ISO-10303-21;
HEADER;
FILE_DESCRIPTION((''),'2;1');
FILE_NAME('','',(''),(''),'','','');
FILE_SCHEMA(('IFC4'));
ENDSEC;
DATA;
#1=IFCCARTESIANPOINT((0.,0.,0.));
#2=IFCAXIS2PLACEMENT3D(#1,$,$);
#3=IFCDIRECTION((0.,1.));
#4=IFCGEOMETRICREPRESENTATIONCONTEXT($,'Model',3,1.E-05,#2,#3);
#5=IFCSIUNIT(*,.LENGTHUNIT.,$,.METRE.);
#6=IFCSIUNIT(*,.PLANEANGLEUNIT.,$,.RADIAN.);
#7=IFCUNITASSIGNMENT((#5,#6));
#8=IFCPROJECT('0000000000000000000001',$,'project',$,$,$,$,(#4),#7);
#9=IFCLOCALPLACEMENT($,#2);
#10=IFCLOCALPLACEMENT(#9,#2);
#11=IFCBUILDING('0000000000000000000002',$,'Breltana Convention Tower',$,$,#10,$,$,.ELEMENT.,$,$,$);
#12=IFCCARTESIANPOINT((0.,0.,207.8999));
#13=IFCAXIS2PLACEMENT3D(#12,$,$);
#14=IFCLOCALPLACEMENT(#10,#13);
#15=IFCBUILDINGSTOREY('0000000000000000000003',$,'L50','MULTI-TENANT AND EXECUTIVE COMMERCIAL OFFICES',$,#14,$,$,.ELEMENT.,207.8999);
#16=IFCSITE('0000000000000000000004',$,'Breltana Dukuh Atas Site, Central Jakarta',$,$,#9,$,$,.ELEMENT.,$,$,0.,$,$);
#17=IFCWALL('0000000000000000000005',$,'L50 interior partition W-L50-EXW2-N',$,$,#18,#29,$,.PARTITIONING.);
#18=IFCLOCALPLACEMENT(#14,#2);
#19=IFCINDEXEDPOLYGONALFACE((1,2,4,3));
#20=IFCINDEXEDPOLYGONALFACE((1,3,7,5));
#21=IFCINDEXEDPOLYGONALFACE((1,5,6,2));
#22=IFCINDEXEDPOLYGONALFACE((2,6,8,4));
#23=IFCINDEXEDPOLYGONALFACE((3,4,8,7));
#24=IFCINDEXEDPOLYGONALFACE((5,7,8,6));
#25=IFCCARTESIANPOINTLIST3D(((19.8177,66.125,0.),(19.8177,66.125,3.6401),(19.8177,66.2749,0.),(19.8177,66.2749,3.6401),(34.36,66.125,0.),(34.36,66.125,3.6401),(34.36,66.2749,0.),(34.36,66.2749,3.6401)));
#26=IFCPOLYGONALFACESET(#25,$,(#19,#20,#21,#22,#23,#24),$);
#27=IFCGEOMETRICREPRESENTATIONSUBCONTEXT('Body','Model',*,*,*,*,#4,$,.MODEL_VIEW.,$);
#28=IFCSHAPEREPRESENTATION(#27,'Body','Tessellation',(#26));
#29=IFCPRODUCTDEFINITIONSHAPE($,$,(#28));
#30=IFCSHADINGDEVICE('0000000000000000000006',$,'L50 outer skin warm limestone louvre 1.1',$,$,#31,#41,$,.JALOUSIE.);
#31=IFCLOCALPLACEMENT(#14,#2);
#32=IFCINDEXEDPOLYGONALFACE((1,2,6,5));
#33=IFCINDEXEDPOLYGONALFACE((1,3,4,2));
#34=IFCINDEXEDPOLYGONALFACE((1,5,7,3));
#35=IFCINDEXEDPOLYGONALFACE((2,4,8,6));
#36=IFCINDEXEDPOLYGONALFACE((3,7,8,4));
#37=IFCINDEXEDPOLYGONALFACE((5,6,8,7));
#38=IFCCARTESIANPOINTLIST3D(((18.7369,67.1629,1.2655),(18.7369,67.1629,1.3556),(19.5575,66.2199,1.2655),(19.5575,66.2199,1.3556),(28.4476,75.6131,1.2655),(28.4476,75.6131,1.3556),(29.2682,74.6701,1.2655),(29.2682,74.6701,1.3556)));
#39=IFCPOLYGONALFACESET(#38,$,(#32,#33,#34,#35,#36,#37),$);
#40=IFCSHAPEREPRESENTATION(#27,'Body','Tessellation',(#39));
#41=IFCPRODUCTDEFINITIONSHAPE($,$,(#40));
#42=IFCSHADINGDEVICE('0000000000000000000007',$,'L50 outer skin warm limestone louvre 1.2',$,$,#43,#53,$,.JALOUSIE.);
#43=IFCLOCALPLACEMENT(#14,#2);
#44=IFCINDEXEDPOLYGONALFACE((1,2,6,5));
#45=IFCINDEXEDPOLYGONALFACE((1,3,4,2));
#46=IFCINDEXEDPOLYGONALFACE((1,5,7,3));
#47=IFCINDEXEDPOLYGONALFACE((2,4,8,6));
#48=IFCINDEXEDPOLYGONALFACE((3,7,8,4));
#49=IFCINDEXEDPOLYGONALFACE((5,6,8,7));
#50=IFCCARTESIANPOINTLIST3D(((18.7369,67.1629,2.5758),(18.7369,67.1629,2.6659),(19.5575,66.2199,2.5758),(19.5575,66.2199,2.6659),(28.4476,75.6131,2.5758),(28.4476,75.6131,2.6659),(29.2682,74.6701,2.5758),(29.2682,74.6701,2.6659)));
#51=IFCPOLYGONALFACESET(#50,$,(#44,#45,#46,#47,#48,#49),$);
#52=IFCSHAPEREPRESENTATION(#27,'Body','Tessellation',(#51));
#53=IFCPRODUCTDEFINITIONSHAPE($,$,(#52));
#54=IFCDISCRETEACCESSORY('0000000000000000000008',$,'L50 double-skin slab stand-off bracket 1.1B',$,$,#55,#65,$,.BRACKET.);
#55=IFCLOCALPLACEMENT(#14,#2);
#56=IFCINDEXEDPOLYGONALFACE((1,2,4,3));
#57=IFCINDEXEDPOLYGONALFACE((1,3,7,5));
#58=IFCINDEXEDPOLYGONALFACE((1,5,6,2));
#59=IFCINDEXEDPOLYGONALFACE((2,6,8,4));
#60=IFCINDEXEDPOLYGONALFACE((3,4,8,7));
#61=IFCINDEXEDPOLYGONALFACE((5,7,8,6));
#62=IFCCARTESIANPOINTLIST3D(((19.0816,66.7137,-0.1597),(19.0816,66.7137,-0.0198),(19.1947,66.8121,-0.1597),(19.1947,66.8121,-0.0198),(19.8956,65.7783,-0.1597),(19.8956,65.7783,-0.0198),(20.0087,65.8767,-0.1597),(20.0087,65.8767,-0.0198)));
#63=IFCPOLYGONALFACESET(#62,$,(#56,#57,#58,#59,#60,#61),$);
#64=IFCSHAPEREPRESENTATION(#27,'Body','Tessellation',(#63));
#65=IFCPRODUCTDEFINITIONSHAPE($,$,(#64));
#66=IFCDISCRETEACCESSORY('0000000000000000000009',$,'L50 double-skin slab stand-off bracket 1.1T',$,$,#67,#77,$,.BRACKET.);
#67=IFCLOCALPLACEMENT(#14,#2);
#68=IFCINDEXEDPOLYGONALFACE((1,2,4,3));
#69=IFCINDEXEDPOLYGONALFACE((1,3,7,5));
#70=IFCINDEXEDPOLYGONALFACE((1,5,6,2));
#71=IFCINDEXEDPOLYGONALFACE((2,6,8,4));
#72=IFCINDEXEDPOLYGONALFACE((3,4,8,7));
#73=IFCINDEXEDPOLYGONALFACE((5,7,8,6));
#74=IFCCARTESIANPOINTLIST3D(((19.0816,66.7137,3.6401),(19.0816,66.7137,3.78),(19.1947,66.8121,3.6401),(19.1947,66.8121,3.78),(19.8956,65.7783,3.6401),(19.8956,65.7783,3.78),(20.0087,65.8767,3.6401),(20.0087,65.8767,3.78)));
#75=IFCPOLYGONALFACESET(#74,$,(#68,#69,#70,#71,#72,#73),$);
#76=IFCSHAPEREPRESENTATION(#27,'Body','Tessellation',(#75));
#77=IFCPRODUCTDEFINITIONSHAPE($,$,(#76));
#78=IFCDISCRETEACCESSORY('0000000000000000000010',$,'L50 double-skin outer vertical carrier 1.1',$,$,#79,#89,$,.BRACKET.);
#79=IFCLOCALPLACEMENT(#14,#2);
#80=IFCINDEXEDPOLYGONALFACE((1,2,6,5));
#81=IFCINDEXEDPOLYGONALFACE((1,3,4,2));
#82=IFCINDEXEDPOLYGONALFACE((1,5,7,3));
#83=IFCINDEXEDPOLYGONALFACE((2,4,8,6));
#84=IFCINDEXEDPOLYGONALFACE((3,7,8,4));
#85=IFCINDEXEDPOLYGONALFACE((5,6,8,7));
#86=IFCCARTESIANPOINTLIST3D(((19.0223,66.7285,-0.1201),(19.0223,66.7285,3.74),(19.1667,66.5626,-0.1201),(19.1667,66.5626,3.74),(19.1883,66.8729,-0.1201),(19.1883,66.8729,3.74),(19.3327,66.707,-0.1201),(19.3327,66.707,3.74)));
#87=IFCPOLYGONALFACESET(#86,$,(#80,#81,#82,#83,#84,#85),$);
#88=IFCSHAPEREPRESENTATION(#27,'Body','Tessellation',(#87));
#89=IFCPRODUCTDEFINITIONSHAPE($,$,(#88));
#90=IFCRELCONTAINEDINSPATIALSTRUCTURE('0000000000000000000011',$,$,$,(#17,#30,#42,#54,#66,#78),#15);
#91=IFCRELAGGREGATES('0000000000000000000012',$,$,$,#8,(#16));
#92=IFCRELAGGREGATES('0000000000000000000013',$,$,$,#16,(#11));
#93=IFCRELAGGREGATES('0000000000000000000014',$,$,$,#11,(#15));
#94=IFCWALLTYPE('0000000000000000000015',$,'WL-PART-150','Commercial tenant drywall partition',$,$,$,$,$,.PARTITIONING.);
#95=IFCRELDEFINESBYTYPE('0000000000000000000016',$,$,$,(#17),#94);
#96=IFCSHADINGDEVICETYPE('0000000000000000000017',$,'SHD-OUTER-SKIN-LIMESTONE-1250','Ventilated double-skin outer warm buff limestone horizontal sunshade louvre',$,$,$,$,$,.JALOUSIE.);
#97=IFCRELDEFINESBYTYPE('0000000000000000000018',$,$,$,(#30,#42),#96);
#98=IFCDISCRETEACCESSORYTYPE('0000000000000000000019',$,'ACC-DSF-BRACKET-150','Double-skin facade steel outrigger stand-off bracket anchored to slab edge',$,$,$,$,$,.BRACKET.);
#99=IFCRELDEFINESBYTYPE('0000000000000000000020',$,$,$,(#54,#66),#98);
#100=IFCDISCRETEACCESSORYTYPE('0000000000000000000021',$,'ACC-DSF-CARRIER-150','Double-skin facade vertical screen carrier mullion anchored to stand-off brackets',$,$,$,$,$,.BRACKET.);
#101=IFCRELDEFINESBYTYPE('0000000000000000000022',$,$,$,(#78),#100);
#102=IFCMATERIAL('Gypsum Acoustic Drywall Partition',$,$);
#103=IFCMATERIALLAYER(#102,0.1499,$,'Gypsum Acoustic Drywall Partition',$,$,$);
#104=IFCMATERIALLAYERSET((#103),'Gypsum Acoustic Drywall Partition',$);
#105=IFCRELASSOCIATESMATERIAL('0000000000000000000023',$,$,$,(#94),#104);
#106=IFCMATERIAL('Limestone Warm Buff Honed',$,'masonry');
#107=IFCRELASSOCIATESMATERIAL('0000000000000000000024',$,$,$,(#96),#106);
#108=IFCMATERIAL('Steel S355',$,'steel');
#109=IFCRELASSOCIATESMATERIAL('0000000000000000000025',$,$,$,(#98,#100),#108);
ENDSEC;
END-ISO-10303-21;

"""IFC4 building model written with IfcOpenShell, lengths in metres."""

from ifc_helpers import new_model, si_unit, direction, frame, frame_2d, origin, origin_2d, place, context, subcontext, project, spatial, rectangle, extrude, source, transform, mapped, material, layer, layer_set, material_profile, profile_set, type_object, type_shapes, element, save


model = new_model("IFC4")

# Units and contexts
model_context = context("Model", 3, precision=1e-05, world=origin(), true_north=direction((0.0, 1.0)))
body_context = subcontext(model_context, "Body", "Model", "MODEL_VIEW")
ifc_project = project(units=[si_unit("LENGTHUNIT", "METRE"), si_unit("PLANEANGLEUNIT", "RADIAN")], contexts=[model_context])

# Site, building, storey
site_placement = place(None, origin())
site = spatial("IfcSite", under=ifc_project, at=site_placement, Name="Breltana Dukuh Atas Site, Central Jakarta", CompositionType="ELEMENT", RefElevation=0.0)
building_placement = place(site_placement, origin())
building = spatial("IfcBuilding", under=site, at=building_placement, Name="Breltana Convention Tower", CompositionType="ELEMENT")
storey_placement = place(building_placement, frame((0.0, 0.0, 207.8999)))
storey = spatial("IfcBuildingStorey", under=building, at=storey_placement, Name="L50", Description="MULTI-TENANT AND EXECUTIVE COMMERCIAL OFFICES", CompositionType="ELEMENT", Elevation=207.8999)

# Wall
ifc_material_1 = material(Name="Gypsum Acoustic Drywall Partition")
ifc_layer_1 = layer(ifc_material_1, 0.1499, Name="Gypsum Acoustic Drywall Partition")
ifc_layer_set_1 = layer_set([ifc_layer_1], Name="Gypsum Acoustic Drywall Partition")
wall_type_1 = type_object("IfcWallType", Name="WL-PART-150", Description="Commercial tenant drywall partition", PredefinedType="PARTITIONING", material=ifc_layer_set_1)
shared_shape_1 = source(origin(), body_context, "Body", "SweptSolid", [
    extrude(rectangle(XDim=14.5422, YDim=0.1499, at=frame_2d((7.271, 0.0))), origin(), (0.0, 0.0, 1.0), 3.6401),
])
wall_1_placement = place(storey_placement, frame((19.8179, 66.2, 0.0), z_axis=(0.0, 0.0, 1.0), x_axis=(1.0, 0.0, 0.0)))
element("IfcWall", 1, at=wall_1_placement, inside=storey, type_object=wall_type_1, Name="L50 interior partition W-L50-EXW2-N", PredefinedType="PARTITIONING", context=body_context, shape_type="MappedRepresentation", body=[
    mapped(shared_shape_1, transform((0.0, 0.0, 0.0), scale=1.0)),
])

# Shading devices
ifc_material_2 = material(Name="Limestone Warm Buff Honed", Category="masonry")
ifc_material_profile_1 = material_profile(ifc_material_2, rectangle(XDim=1.25, YDim=0.0901, at=origin_2d()), Name="STN-LVR-1250X90")
ifc_profile_set_1 = profile_set([ifc_material_profile_1], Name="Limestone Warm Buff Honed")
shading_device_type = type_object("IfcShadingDeviceType", Name="SHD-OUTER-SKIN-LIMESTONE-1250", Description="Ventilated double-skin outer warm buff limestone horizontal sunshade louvre", PredefinedType="JALOUSIE", material=ifc_profile_set_1)
shared_shape_2 = source(origin(), body_context, "Body", "SweptSolid", [
    extrude(rectangle(XDim=1.25, YDim=0.0901, at=origin_2d()), origin(), (0.0, 0.0, 1.0), 12.8726),
])
for number, where, z_axis, x_axis, name in (
    (2, (19.1472, 66.6914, 1.3105), (0.75437, 0.656449, 0.0), (-0.656449, 0.75437, 0.0), "L50 outer skin warm limestone louvre 1.1"),
    (3, (19.1472, 66.6914, 2.6208), (0.75437, 0.656449, 0.0), (-0.656449, 0.75437, 0.0), "L50 outer skin warm limestone louvre 1.2"),
):
    element("IfcShadingDevice", number, at=place(storey_placement, frame(where, z_axis=z_axis, x_axis=x_axis)), inside=storey, type_object=shading_device_type, Name=name, PredefinedType="JALOUSIE", context=body_context, shape_type="MappedRepresentation", body=[
        mapped(shared_shape_2, transform((0.0, 0.0, 0.0), scale=1.0)),
    ])

# Discrete accessories
ifc_material_3 = material(Name="Steel S355", Category="steel")
discrete_accessory_type_1 = type_object("IfcDiscreteAccessoryType", Name="ACC-DSF-BRACKET-150", Description="Double-skin facade steel outrigger stand-off bracket anchored to slab edge", PredefinedType="BRACKET", material=ifc_material_3)
shared_shape_3 = source(origin(), body_context, "Body", "SweptSolid", [
    extrude(rectangle(XDim=1.24, YDim=0.1499, at=origin_2d()), origin(), (0.0, 0.0, 1.0), 0.1399),
])
type_shapes(discrete_accessory_type_1, [shared_shape_3])
for number, where, z_axis, x_axis, name in (
    (4, (19.5452, 66.2952, -0.1597), (0.0, 0.0, 1.0), (-0.656452, 0.754368, 0.0), "L50 double-skin slab stand-off bracket 1.1B"),
    (5, (19.5452, 66.2952, 3.6401), (0.0, 0.0, 1.0), (-0.656452, 0.754368, 0.0), "L50 double-skin slab stand-off bracket 1.1T"),
):
    element("IfcDiscreteAccessory", number, at=place(storey_placement, frame(where, z_axis=z_axis, x_axis=x_axis)), inside=storey, type_object=discrete_accessory_type_1, Name=name, PredefinedType="BRACKET", context=body_context, shape_type="MappedRepresentation", body=[
        mapped(shared_shape_3, transform((0.0, 0.0, 0.0), scale=1.0)),
    ])
discrete_accessory_type_2 = type_object("IfcDiscreteAccessoryType", Name="ACC-DSF-CARRIER-150", Description="Double-skin facade vertical screen carrier mullion anchored to stand-off brackets", PredefinedType="BRACKET", material=ifc_material_3)
shared_shape_4 = source(origin(), body_context, "Body", "SweptSolid", [
    extrude(rectangle(XDim=0.22, YDim=0.22, at=origin_2d()), origin(), (0.0, 0.0, 1.0), 3.8601),
])
discrete_accessory_placement = place(storey_placement, frame((19.1775, 66.7178, -0.1201), z_axis=(0.0, 0.0, 1.0), x_axis=(-0.656452, 0.754368, 0.0)))
element("IfcDiscreteAccessory", 6, at=discrete_accessory_placement, inside=storey, type_object=discrete_accessory_type_2, Name="L50 double-skin outer vertical carrier 1.1", PredefinedType="BRACKET", context=body_context, shape_type="MappedRepresentation", body=[
    mapped(shared_shape_4, transform((0.0, 0.0, 0.0), scale=1.0)),
])

save(model, "model.ifc")
